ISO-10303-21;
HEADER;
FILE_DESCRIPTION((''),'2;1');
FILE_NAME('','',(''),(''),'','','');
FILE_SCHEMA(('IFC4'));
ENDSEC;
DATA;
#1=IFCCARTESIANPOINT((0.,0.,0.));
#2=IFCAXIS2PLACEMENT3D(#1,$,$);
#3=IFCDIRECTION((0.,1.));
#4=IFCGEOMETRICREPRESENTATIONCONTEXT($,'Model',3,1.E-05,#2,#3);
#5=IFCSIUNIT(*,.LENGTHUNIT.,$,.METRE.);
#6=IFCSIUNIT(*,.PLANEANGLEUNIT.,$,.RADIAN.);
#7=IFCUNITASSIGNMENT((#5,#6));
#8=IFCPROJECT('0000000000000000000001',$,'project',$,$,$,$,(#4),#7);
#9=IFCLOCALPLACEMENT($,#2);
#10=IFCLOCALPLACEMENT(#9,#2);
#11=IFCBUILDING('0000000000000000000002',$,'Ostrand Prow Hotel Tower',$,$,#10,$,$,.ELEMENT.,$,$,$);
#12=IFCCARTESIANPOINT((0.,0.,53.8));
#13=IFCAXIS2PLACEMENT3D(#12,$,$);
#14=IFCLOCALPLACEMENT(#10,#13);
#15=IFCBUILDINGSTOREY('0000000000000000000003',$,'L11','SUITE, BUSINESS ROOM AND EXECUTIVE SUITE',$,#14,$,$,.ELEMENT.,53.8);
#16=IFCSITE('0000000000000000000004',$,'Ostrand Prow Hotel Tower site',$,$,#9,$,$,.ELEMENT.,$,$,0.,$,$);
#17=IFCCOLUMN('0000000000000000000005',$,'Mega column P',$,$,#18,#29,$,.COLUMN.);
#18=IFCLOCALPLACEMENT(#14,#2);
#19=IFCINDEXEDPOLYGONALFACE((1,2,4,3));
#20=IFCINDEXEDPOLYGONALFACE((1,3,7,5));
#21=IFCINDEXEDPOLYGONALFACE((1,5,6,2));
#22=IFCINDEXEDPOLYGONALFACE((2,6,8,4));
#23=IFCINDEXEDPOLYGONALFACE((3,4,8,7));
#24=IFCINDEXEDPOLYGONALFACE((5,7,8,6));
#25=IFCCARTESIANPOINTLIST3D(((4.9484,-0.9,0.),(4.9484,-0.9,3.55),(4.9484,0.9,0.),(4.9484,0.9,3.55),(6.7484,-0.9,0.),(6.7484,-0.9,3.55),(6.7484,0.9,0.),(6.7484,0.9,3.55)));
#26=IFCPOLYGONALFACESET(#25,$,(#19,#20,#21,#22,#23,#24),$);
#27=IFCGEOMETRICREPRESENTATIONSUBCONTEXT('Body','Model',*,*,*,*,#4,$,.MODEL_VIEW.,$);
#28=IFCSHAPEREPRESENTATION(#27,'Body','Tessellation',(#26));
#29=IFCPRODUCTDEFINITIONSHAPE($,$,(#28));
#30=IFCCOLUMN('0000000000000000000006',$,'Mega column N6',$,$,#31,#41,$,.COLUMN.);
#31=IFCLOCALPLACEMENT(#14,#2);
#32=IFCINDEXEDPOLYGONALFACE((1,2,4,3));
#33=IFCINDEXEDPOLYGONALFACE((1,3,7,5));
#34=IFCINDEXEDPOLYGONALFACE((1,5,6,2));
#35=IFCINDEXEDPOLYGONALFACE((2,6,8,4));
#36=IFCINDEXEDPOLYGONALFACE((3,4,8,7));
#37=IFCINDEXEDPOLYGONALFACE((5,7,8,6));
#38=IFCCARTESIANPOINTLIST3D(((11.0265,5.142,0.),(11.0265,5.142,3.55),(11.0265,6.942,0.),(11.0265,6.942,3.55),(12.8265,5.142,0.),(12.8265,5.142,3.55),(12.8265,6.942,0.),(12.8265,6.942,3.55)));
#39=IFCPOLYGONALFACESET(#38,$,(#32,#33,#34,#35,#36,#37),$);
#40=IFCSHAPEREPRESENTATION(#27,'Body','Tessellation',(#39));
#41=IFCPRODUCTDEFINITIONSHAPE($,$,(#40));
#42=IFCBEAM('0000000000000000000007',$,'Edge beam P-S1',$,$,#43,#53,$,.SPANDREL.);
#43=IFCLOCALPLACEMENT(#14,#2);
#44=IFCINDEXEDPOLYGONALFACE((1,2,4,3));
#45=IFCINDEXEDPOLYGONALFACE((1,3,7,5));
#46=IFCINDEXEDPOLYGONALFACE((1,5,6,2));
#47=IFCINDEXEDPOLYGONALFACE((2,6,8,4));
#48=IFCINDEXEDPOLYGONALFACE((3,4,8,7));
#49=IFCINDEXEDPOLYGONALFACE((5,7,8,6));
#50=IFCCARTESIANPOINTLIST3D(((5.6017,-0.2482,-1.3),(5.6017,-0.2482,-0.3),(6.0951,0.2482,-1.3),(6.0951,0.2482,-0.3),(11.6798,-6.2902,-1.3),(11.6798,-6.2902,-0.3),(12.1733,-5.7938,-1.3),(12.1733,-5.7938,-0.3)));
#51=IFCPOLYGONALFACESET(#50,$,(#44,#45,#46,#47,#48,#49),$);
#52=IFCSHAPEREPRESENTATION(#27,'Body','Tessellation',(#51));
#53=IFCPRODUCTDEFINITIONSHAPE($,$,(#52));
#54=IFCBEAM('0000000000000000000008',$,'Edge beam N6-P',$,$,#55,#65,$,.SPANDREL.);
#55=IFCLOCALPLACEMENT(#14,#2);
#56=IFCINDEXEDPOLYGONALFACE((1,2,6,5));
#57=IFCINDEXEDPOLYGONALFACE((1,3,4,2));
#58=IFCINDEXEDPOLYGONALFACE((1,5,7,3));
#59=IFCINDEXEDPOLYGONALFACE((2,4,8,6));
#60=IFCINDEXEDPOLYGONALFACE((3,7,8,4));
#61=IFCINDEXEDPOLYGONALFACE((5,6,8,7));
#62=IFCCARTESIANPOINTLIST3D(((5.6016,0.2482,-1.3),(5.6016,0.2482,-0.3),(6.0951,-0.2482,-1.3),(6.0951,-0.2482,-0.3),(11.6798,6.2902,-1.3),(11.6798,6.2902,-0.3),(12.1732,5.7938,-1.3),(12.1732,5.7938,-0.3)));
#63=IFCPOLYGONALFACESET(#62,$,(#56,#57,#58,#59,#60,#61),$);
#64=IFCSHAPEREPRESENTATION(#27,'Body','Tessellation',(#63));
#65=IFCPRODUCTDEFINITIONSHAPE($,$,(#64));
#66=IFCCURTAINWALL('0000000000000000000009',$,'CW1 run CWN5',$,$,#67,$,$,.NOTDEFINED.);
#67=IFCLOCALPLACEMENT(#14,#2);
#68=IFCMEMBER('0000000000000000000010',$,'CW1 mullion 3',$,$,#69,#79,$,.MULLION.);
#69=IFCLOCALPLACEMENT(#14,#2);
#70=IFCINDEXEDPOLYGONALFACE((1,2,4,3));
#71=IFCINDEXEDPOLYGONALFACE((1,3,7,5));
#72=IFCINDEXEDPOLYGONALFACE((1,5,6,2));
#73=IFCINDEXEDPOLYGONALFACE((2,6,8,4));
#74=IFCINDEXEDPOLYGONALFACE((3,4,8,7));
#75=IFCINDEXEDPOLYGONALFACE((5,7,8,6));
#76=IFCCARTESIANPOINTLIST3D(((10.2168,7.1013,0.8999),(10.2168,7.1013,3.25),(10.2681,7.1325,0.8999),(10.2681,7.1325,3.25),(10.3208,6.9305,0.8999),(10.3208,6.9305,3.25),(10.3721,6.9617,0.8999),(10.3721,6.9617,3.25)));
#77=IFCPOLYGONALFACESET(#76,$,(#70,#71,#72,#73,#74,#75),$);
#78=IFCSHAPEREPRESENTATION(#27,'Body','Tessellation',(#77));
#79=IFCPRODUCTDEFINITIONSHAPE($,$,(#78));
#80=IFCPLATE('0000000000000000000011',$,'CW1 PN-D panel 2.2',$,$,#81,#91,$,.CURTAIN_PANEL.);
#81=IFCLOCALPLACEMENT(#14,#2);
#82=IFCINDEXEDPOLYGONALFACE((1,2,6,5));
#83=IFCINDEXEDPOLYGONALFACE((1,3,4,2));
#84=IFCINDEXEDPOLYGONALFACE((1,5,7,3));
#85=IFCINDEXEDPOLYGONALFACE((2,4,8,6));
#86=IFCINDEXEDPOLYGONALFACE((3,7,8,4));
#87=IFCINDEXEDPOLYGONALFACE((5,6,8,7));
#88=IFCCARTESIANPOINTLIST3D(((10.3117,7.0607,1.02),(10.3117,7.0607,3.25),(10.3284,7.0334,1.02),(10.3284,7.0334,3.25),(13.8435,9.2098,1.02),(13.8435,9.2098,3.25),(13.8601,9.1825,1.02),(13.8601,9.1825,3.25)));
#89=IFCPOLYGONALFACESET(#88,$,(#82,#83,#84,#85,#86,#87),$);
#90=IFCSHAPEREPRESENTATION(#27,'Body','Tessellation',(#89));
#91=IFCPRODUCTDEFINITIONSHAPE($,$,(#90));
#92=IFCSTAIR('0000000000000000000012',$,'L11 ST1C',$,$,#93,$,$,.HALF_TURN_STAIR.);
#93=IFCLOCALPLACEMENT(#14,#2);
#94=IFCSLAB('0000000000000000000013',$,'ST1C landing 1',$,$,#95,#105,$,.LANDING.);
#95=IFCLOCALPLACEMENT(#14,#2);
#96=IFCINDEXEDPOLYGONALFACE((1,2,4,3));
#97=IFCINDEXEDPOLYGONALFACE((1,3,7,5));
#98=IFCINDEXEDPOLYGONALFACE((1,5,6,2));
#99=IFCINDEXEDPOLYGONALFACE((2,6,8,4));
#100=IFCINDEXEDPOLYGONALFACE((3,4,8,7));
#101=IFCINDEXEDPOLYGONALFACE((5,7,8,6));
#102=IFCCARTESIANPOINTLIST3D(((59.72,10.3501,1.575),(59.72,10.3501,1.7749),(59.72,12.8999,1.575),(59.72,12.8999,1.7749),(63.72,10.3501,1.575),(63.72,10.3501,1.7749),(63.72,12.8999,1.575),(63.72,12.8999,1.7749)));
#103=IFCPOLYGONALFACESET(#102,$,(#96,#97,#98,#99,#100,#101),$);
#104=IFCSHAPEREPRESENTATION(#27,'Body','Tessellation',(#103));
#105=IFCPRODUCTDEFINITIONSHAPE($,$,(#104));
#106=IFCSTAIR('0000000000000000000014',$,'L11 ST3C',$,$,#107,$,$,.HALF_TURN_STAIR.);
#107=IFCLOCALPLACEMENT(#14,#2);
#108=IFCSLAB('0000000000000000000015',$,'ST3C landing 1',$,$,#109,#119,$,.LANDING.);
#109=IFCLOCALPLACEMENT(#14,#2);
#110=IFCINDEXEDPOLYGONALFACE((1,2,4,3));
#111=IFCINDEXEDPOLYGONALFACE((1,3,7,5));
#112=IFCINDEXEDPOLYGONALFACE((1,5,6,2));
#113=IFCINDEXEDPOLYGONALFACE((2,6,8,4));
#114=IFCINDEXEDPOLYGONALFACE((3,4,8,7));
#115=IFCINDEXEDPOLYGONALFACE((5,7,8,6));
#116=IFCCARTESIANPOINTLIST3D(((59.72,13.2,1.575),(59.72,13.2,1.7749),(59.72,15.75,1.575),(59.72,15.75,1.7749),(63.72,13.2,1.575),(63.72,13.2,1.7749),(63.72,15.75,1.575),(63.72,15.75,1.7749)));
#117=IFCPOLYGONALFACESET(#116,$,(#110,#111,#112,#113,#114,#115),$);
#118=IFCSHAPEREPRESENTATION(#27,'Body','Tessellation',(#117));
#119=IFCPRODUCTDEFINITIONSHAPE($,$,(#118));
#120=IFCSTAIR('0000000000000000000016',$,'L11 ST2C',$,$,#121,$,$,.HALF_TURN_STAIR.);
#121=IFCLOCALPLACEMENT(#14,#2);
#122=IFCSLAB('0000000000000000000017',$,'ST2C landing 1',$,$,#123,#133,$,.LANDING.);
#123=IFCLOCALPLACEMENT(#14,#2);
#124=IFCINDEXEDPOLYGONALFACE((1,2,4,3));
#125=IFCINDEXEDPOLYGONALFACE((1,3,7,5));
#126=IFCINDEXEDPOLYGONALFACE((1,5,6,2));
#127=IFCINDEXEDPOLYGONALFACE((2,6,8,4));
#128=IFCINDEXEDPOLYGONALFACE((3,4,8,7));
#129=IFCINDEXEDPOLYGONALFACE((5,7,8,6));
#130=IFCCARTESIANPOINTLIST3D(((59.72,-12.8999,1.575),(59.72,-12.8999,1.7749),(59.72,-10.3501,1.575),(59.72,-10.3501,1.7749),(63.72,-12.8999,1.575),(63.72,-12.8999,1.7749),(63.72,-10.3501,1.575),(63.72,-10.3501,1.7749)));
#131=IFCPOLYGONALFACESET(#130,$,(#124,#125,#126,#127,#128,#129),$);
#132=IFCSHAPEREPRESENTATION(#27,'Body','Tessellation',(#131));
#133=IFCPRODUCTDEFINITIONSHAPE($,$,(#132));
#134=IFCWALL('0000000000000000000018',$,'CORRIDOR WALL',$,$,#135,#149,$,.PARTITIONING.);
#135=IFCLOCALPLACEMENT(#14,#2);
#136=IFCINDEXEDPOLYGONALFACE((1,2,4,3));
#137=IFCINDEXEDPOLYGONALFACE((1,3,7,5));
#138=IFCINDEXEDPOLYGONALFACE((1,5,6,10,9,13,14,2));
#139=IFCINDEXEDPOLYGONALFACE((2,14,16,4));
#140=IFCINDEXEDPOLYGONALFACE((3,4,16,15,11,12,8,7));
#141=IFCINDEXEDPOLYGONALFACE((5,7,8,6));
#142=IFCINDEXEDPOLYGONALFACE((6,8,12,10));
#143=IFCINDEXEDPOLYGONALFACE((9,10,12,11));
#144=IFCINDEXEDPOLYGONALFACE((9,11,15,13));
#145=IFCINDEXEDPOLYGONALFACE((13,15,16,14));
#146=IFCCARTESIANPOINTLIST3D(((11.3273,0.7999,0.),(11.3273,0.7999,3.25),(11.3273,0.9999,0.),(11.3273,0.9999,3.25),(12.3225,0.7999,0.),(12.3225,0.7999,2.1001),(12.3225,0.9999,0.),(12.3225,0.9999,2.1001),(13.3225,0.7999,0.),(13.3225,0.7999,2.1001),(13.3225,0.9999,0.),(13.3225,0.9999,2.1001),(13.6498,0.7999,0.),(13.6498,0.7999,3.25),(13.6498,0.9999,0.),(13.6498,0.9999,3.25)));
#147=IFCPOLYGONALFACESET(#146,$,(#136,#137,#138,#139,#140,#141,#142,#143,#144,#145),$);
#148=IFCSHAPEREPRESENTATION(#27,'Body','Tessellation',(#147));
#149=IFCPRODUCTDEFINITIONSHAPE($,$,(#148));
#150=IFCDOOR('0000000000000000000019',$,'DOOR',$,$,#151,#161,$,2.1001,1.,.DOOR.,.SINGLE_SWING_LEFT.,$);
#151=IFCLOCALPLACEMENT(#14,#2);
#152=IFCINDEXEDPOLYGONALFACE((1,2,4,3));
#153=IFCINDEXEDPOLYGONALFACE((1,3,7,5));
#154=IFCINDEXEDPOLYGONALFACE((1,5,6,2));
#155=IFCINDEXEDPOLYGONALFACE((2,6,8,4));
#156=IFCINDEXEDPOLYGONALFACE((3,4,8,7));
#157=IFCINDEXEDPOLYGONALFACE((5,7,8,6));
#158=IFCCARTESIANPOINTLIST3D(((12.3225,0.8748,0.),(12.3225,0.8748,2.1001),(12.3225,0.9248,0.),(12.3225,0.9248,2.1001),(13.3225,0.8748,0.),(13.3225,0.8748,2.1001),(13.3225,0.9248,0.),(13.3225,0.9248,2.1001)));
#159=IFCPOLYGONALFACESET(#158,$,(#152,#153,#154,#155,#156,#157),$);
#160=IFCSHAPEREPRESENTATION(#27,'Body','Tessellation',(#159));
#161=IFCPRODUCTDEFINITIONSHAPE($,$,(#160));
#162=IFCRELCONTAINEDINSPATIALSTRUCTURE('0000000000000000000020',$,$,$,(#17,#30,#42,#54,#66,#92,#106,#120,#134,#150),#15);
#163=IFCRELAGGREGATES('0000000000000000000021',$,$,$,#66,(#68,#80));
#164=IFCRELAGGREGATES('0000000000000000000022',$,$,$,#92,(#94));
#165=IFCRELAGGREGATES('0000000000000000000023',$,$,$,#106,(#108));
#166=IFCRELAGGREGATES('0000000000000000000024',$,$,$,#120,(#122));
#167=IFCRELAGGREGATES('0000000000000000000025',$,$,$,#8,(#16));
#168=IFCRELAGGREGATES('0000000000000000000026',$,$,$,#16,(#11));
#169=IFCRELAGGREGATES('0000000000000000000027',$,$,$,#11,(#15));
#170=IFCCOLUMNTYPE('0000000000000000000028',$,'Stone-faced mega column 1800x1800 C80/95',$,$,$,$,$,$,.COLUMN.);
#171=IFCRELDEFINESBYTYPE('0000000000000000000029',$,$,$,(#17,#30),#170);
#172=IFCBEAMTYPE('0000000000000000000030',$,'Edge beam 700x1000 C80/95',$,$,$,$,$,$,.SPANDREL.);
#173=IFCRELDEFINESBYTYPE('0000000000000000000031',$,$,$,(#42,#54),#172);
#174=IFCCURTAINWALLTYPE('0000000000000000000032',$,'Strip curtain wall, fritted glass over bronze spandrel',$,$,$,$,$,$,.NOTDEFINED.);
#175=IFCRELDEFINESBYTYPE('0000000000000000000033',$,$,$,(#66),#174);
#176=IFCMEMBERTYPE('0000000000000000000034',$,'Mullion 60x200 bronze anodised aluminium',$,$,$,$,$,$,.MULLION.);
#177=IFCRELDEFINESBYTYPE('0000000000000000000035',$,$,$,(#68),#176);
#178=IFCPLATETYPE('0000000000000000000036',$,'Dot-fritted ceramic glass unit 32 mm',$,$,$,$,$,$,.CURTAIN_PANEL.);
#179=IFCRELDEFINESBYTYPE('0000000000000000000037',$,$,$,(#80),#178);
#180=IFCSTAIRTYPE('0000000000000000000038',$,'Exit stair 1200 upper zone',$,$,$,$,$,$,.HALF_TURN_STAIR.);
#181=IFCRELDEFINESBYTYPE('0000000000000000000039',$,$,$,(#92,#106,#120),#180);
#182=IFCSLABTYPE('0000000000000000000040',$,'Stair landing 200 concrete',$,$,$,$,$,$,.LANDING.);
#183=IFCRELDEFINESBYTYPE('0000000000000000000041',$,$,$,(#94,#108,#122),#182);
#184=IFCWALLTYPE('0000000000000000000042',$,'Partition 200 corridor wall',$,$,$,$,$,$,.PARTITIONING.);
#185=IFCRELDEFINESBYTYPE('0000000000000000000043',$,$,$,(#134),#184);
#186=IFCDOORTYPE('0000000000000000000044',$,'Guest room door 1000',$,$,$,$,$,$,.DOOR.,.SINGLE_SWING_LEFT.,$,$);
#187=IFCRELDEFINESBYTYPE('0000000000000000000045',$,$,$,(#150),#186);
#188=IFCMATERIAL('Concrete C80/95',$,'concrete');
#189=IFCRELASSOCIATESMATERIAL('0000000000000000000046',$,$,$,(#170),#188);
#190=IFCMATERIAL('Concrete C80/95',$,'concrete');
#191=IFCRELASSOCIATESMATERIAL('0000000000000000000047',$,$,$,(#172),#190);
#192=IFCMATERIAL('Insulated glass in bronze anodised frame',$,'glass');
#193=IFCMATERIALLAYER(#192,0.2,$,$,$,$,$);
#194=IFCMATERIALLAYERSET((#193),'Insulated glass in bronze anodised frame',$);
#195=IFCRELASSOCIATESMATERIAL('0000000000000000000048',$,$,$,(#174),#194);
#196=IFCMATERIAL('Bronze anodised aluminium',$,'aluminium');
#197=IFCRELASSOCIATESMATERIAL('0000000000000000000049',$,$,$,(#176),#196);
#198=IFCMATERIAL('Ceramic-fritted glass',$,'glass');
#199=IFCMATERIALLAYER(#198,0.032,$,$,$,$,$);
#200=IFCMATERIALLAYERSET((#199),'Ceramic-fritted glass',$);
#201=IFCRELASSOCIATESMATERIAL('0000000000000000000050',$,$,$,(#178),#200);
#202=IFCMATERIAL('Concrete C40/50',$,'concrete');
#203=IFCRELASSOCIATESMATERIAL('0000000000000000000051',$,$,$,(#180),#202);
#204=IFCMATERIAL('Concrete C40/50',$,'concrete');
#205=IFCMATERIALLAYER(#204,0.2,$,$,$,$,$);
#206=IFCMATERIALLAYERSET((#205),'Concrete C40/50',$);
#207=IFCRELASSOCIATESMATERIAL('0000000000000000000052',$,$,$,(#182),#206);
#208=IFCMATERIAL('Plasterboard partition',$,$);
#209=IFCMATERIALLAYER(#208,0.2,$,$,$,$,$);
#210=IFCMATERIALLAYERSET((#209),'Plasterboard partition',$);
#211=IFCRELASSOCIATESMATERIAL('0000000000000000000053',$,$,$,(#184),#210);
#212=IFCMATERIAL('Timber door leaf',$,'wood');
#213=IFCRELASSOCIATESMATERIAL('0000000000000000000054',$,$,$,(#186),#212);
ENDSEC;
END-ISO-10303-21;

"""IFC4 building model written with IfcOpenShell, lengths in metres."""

from ifc_helpers import new_model, si_unit, direction, frame, frame_2d, origin, origin_2d, place, context, subcontext, project, spatial, polyline, rectangle, outline, extrude, material, layer, layer_set, material_profile, profile_set, type_object, element, fill, aggregate, save


model = new_model("IFC4")

# Units and contexts
model_context = context("Model", 3, precision=1e-05, world=origin(), true_north=direction((0.0, 1.0)))
body_context = subcontext(model_context, "Body", "Model", "MODEL_VIEW")
ifc_project = project(units=[si_unit("LENGTHUNIT", "METRE"), si_unit("PLANEANGLEUNIT", "RADIAN")], contexts=[model_context])

# Site, building, storey
site_placement = place(None, origin())
site = spatial("IfcSite", under=ifc_project, at=site_placement, Name="Ostrand Prow Hotel Tower site", CompositionType="ELEMENT", RefElevation=0.0)
building_placement = place(site_placement, origin())
building = spatial("IfcBuilding", under=site, at=building_placement, Name="Ostrand Prow Hotel Tower", CompositionType="ELEMENT")
storey_placement = place(building_placement, frame((0.0, 0.0, 53.8)))
storey = spatial("IfcBuildingStorey", under=building, at=storey_placement, Name="L11", Description="SUITE, BUSINESS ROOM AND EXECUTIVE SUITE", CompositionType="ELEMENT", Elevation=53.8)

# Columns
ifc_material_1 = material(Name="Concrete C80/95", Category="concrete")
ifc_material_profile_1 = material_profile(ifc_material_1, rectangle(XDim=1.8, YDim=1.8, at=origin_2d()), Name="RC 1800x1800")
ifc_profile_set_1 = profile_set([ifc_material_profile_1], Name="Concrete C80/95")
column_type = type_object("IfcColumnType", Name="Stone-faced mega column 1800x1800 C80/95", PredefinedType="COLUMN", material=ifc_profile_set_1)
for number, where, z_axis, x_axis, name in (
    (1, (5.8484, 0.0, 0.0), (0.0, 0.0, 1.0), (1.0, 0.0, 0.0), "Mega column P"),
    (2, (11.9265, 6.042, 0.0), (0.0, 0.0, 1.0), (1.0, 0.0, 0.0), "Mega column N6"),
):
    element("IfcColumn", number, at=place(storey_placement, frame(where, z_axis=z_axis, x_axis=x_axis)), inside=storey, type_object=column_type, Name=name, PredefinedType="COLUMN", context=body_context, shape_type="SweptSolid", body=[
        extrude(rectangle(XDim=1.8, YDim=1.8, at=origin_2d()), origin(), (0.0, 0.0, 1.0), 3.55),
    ])

# Beams
ifc_material_2 = material(Name="Concrete C80/95", Category="concrete")
ifc_material_profile_2 = material_profile(ifc_material_2, rectangle(XDim=0.7, YDim=1.0, at=origin_2d()), Name="RC 700x1000")
ifc_profile_set_2 = profile_set([ifc_material_profile_2], Name="Concrete C80/95")
beam_type = type_object("IfcBeamType", Name="Edge beam 700x1000 C80/95", PredefinedType="SPANDREL", material=ifc_profile_set_2)
for number, where, z_axis, x_axis, name in (
    (3, (5.8484, 0.0, -0.8), (0.709212, -0.704996, 0.0), (0.704996, 0.709212, 0.0), "Edge beam P-S1"),
    (4, (11.9265, 6.042, -0.8), (-0.709212, -0.704996, 0.0), (0.704996, -0.709212, 0.0), "Edge beam N6-P"),
):
    element("IfcBeam", number, at=place(storey_placement, frame(where, z_axis=z_axis, x_axis=x_axis)), inside=storey, type_object=beam_type, Name=name, PredefinedType="SPANDREL", context=body_context, shape_type="SweptSolid", body=[
        extrude(rectangle(XDim=0.7, YDim=1.0, at=origin_2d()), origin(), (0.0, 0.0, 1.0), 8.5703),
    ])

# Curtain wall, member, plate
ifc_material_3 = material(Name="Insulated glass in bronze anodised frame", Category="glass")
ifc_layer_1 = layer(ifc_material_3, 0.2)
ifc_layer_set_1 = layer_set([ifc_layer_1], Name="Insulated glass in bronze anodised frame")
curtain_wall_type = type_object("IfcCurtainWallType", Name="Strip curtain wall, fritted glass over bronze spandrel", PredefinedType="NOTDEFINED", material=ifc_layer_set_1)
curtain_wall_placement = place(storey_placement, origin())
curtain_wall = element("IfcCurtainWall", 5, at=curtain_wall_placement, inside=storey, type_object=curtain_wall_type, Name="CW1 run CWN5", PredefinedType="NOTDEFINED")
ifc_material_4 = material(Name="Bronze anodised aluminium", Category="aluminium")
ifc_material_profile_3 = material_profile(ifc_material_4, rectangle(XDim=0.2, YDim=0.0601, at=origin_2d()), Name="Mullion 60x200 bronze anodised aluminium")
ifc_profile_set_3 = profile_set([ifc_material_profile_3], Name="Bronze anodised aluminium")
member_type = type_object("IfcMemberType", Name="Mullion 60x200 bronze anodised aluminium", PredefinedType="MULLION", material=ifc_profile_set_3)
member_placement = place(storey_placement, frame((10.2944, 7.0315, 0.8999), z_axis=(0.0, 0.0, 1.0), x_axis=(0.519831, -0.854269, 0.0)))
member = element("IfcMember", 6, at=member_placement, type_object=member_type, Name="CW1 mullion 3", PredefinedType="MULLION", context=body_context, shape_type="SweptSolid", body=[
    extrude(rectangle(XDim=0.2, YDim=0.0601, at=origin_2d()), origin(), (0.0, 0.0, 1.0), 2.3501),
])
ifc_material_5 = material(Name="Ceramic-fritted glass", Category="glass")
ifc_layer_2 = layer(ifc_material_5, 0.032)
ifc_layer_set_2 = layer_set([ifc_layer_2], Name="Ceramic-fritted glass")
plate_type = type_object("IfcPlateType", Name="Dot-fritted ceramic glass unit 32 mm", PredefinedType="CURTAIN_PANEL", material=ifc_layer_set_2)
plate_placement = place(storey_placement, frame((12.0859, 8.1216, 1.02), z_axis=(0.0, 0.0, 1.0), x_axis=(-0.854269, -0.519831, 0.0)))
plate = element("IfcPlate", 7, at=plate_placement, type_object=plate_type, Name="CW1 PN-D panel 2.2", PredefinedType="CURTAIN_PANEL", context=body_context, shape_type="SweptSolid", body=[
    extrude(rectangle(XDim=4.1343, YDim=0.032, at=origin_2d()), origin(), (0.0, 0.0, 1.0), 2.23),
])
aggregate(curtain_wall, [member, plate])

# Stairs, slabs
ifc_material_6 = material(Name="Concrete C40/50", Category="concrete")
stair_type = type_object("IfcStairType", Name="Exit stair 1200 upper zone", PredefinedType="HALF_TURN_STAIR", material=ifc_material_6)
stair_1_placement = place(storey_placement, origin())
stair_1 = element("IfcStair", 8, at=stair_1_placement, inside=storey, type_object=stair_type, Name="L11 ST1C", PredefinedType="HALF_TURN_STAIR")
ifc_material_7 = material(Name="Concrete C40/50", Category="concrete")
ifc_layer_3 = layer(ifc_material_7, 0.2)
ifc_layer_set_3 = layer_set([ifc_layer_3], Name="Concrete C40/50")
slab_type = type_object("IfcSlabType", Name="Stair landing 200 concrete", PredefinedType="LANDING", material=ifc_layer_set_3)
slab_1_placement = place(storey_placement, frame((0.0, 0.0, 1.575)))
slab_1 = element("IfcSlab", 9, at=slab_1_placement, type_object=slab_type, Name="ST1C landing 1", PredefinedType="LANDING", context=body_context, shape_type="SweptSolid", body=[
    extrude(outline(polyline([(59.72, 10.3501), (63.72, 10.3501), (63.72, 12.8999), (59.72, 12.8999), (59.72, 10.3501)])), origin(), (0.0, 0.0, 1.0), 0.2),
])
aggregate(stair_1, [slab_1])
stair_2_placement = place(storey_placement, origin())
stair_2 = element("IfcStair", 10, at=stair_2_placement, inside=storey, type_object=stair_type, Name="L11 ST3C", PredefinedType="HALF_TURN_STAIR")
slab_2_placement = place(storey_placement, frame((0.0, 0.0, 1.575)))
slab_2 = element("IfcSlab", 11, at=slab_2_placement, type_object=slab_type, Name="ST3C landing 1", PredefinedType="LANDING", context=body_context, shape_type="SweptSolid", body=[
    extrude(outline(polyline([(59.72, 13.2), (63.72, 13.2), (63.72, 15.75), (59.72, 15.75), (59.72, 13.2)])), origin(), (0.0, 0.0, 1.0), 0.2),
])
aggregate(stair_2, [slab_2])
stair_3_placement = place(storey_placement, origin())
stair_3 = element("IfcStair", 12, at=stair_3_placement, inside=storey, type_object=stair_type, Name="L11 ST2C", PredefinedType="HALF_TURN_STAIR")
slab_3_placement = place(storey_placement, frame((0.0, 0.0, 1.575)))
slab_3 = element("IfcSlab", 13, at=slab_3_placement, type_object=slab_type, Name="ST2C landing 1", PredefinedType="LANDING", context=body_context, shape_type="SweptSolid", body=[
    extrude(outline(polyline([(59.72, -12.8999), (63.72, -12.8999), (63.72, -10.3501), (59.72, -10.3501), (59.72, -12.8999)])), origin(), (0.0, 0.0, 1.0), 0.2),
])
aggregate(stair_3, [slab_3])

# Wall, opening, door
ifc_material_8 = material(Name="Plasterboard partition")
ifc_layer_4 = layer(ifc_material_8, 0.2)
ifc_layer_set_4 = layer_set([ifc_layer_4], Name="Plasterboard partition")
wall_type_1 = type_object("IfcWallType", Name="Partition 200 corridor wall", PredefinedType="PARTITIONING", material=ifc_layer_set_4)
wall_1_placement = place(storey_placement, frame((11.3274, 0.8999, 0.0), z_axis=(0.0, 0.0, 1.0), x_axis=(1.0, 0.0, 0.0)))
wall_1 = element("IfcWall", 14, at=wall_1_placement, inside=storey, type_object=wall_type_1, Name="CORRIDOR WALL", PredefinedType="PARTITIONING", context=body_context, shape_type="SweptSolid", body=[
    extrude(rectangle(XDim=2.3225, YDim=0.2, at=frame_2d((1.1611, 0.0))), origin(), (0.0, 0.0, 1.0), 3.25),
])
opening_1_placement = place(wall_1_placement, frame((0.9951, 0.0, 0.0)))
opening_1 = element("IfcOpeningElement", 15, at=opening_1_placement, cuts=wall_1, PredefinedType="OPENING", context=body_context, shape_type="SweptSolid", body=[
    extrude(rectangle(XDim=1.0, YDim=2.1001, at=frame_2d((0.5, 1.05))), frame((0.0, 0.1099, 0.0), z_axis=(0.0, -1.0, 0.0), x_axis=(1.0, 0.0, 0.0)), (0.0, 0.0, 1.0), 0.22),
])
ifc_material_9 = material(Name="Timber door leaf", Category="wood")
door_type = type_object("IfcDoorType", Name="Guest room door 1000", OperationType="SINGLE_SWING_LEFT", PredefinedType="DOOR", material=ifc_material_9)
door_placement = place(opening_1_placement, origin())
door = element("IfcDoor", 16, at=door_placement, inside=storey, type_object=door_type, Name="DOOR", OperationType="SINGLE_SWING_LEFT", OverallHeight=2.1001, OverallWidth=1.0, PredefinedType="DOOR", context=body_context, shape_type="SweptSolid", body=[
    extrude(rectangle(XDim=1.0, YDim=2.1001, at=frame_2d((0.5, 1.05))), frame((0.0, 0.0249, 0.0), z_axis=(0.0, -1.0, 0.0), x_axis=(1.0, 0.0, 0.0)), (0.0, 0.0, 1.0), 0.05),
])
fill(opening_1, door)

save(model, "model.ifc")
